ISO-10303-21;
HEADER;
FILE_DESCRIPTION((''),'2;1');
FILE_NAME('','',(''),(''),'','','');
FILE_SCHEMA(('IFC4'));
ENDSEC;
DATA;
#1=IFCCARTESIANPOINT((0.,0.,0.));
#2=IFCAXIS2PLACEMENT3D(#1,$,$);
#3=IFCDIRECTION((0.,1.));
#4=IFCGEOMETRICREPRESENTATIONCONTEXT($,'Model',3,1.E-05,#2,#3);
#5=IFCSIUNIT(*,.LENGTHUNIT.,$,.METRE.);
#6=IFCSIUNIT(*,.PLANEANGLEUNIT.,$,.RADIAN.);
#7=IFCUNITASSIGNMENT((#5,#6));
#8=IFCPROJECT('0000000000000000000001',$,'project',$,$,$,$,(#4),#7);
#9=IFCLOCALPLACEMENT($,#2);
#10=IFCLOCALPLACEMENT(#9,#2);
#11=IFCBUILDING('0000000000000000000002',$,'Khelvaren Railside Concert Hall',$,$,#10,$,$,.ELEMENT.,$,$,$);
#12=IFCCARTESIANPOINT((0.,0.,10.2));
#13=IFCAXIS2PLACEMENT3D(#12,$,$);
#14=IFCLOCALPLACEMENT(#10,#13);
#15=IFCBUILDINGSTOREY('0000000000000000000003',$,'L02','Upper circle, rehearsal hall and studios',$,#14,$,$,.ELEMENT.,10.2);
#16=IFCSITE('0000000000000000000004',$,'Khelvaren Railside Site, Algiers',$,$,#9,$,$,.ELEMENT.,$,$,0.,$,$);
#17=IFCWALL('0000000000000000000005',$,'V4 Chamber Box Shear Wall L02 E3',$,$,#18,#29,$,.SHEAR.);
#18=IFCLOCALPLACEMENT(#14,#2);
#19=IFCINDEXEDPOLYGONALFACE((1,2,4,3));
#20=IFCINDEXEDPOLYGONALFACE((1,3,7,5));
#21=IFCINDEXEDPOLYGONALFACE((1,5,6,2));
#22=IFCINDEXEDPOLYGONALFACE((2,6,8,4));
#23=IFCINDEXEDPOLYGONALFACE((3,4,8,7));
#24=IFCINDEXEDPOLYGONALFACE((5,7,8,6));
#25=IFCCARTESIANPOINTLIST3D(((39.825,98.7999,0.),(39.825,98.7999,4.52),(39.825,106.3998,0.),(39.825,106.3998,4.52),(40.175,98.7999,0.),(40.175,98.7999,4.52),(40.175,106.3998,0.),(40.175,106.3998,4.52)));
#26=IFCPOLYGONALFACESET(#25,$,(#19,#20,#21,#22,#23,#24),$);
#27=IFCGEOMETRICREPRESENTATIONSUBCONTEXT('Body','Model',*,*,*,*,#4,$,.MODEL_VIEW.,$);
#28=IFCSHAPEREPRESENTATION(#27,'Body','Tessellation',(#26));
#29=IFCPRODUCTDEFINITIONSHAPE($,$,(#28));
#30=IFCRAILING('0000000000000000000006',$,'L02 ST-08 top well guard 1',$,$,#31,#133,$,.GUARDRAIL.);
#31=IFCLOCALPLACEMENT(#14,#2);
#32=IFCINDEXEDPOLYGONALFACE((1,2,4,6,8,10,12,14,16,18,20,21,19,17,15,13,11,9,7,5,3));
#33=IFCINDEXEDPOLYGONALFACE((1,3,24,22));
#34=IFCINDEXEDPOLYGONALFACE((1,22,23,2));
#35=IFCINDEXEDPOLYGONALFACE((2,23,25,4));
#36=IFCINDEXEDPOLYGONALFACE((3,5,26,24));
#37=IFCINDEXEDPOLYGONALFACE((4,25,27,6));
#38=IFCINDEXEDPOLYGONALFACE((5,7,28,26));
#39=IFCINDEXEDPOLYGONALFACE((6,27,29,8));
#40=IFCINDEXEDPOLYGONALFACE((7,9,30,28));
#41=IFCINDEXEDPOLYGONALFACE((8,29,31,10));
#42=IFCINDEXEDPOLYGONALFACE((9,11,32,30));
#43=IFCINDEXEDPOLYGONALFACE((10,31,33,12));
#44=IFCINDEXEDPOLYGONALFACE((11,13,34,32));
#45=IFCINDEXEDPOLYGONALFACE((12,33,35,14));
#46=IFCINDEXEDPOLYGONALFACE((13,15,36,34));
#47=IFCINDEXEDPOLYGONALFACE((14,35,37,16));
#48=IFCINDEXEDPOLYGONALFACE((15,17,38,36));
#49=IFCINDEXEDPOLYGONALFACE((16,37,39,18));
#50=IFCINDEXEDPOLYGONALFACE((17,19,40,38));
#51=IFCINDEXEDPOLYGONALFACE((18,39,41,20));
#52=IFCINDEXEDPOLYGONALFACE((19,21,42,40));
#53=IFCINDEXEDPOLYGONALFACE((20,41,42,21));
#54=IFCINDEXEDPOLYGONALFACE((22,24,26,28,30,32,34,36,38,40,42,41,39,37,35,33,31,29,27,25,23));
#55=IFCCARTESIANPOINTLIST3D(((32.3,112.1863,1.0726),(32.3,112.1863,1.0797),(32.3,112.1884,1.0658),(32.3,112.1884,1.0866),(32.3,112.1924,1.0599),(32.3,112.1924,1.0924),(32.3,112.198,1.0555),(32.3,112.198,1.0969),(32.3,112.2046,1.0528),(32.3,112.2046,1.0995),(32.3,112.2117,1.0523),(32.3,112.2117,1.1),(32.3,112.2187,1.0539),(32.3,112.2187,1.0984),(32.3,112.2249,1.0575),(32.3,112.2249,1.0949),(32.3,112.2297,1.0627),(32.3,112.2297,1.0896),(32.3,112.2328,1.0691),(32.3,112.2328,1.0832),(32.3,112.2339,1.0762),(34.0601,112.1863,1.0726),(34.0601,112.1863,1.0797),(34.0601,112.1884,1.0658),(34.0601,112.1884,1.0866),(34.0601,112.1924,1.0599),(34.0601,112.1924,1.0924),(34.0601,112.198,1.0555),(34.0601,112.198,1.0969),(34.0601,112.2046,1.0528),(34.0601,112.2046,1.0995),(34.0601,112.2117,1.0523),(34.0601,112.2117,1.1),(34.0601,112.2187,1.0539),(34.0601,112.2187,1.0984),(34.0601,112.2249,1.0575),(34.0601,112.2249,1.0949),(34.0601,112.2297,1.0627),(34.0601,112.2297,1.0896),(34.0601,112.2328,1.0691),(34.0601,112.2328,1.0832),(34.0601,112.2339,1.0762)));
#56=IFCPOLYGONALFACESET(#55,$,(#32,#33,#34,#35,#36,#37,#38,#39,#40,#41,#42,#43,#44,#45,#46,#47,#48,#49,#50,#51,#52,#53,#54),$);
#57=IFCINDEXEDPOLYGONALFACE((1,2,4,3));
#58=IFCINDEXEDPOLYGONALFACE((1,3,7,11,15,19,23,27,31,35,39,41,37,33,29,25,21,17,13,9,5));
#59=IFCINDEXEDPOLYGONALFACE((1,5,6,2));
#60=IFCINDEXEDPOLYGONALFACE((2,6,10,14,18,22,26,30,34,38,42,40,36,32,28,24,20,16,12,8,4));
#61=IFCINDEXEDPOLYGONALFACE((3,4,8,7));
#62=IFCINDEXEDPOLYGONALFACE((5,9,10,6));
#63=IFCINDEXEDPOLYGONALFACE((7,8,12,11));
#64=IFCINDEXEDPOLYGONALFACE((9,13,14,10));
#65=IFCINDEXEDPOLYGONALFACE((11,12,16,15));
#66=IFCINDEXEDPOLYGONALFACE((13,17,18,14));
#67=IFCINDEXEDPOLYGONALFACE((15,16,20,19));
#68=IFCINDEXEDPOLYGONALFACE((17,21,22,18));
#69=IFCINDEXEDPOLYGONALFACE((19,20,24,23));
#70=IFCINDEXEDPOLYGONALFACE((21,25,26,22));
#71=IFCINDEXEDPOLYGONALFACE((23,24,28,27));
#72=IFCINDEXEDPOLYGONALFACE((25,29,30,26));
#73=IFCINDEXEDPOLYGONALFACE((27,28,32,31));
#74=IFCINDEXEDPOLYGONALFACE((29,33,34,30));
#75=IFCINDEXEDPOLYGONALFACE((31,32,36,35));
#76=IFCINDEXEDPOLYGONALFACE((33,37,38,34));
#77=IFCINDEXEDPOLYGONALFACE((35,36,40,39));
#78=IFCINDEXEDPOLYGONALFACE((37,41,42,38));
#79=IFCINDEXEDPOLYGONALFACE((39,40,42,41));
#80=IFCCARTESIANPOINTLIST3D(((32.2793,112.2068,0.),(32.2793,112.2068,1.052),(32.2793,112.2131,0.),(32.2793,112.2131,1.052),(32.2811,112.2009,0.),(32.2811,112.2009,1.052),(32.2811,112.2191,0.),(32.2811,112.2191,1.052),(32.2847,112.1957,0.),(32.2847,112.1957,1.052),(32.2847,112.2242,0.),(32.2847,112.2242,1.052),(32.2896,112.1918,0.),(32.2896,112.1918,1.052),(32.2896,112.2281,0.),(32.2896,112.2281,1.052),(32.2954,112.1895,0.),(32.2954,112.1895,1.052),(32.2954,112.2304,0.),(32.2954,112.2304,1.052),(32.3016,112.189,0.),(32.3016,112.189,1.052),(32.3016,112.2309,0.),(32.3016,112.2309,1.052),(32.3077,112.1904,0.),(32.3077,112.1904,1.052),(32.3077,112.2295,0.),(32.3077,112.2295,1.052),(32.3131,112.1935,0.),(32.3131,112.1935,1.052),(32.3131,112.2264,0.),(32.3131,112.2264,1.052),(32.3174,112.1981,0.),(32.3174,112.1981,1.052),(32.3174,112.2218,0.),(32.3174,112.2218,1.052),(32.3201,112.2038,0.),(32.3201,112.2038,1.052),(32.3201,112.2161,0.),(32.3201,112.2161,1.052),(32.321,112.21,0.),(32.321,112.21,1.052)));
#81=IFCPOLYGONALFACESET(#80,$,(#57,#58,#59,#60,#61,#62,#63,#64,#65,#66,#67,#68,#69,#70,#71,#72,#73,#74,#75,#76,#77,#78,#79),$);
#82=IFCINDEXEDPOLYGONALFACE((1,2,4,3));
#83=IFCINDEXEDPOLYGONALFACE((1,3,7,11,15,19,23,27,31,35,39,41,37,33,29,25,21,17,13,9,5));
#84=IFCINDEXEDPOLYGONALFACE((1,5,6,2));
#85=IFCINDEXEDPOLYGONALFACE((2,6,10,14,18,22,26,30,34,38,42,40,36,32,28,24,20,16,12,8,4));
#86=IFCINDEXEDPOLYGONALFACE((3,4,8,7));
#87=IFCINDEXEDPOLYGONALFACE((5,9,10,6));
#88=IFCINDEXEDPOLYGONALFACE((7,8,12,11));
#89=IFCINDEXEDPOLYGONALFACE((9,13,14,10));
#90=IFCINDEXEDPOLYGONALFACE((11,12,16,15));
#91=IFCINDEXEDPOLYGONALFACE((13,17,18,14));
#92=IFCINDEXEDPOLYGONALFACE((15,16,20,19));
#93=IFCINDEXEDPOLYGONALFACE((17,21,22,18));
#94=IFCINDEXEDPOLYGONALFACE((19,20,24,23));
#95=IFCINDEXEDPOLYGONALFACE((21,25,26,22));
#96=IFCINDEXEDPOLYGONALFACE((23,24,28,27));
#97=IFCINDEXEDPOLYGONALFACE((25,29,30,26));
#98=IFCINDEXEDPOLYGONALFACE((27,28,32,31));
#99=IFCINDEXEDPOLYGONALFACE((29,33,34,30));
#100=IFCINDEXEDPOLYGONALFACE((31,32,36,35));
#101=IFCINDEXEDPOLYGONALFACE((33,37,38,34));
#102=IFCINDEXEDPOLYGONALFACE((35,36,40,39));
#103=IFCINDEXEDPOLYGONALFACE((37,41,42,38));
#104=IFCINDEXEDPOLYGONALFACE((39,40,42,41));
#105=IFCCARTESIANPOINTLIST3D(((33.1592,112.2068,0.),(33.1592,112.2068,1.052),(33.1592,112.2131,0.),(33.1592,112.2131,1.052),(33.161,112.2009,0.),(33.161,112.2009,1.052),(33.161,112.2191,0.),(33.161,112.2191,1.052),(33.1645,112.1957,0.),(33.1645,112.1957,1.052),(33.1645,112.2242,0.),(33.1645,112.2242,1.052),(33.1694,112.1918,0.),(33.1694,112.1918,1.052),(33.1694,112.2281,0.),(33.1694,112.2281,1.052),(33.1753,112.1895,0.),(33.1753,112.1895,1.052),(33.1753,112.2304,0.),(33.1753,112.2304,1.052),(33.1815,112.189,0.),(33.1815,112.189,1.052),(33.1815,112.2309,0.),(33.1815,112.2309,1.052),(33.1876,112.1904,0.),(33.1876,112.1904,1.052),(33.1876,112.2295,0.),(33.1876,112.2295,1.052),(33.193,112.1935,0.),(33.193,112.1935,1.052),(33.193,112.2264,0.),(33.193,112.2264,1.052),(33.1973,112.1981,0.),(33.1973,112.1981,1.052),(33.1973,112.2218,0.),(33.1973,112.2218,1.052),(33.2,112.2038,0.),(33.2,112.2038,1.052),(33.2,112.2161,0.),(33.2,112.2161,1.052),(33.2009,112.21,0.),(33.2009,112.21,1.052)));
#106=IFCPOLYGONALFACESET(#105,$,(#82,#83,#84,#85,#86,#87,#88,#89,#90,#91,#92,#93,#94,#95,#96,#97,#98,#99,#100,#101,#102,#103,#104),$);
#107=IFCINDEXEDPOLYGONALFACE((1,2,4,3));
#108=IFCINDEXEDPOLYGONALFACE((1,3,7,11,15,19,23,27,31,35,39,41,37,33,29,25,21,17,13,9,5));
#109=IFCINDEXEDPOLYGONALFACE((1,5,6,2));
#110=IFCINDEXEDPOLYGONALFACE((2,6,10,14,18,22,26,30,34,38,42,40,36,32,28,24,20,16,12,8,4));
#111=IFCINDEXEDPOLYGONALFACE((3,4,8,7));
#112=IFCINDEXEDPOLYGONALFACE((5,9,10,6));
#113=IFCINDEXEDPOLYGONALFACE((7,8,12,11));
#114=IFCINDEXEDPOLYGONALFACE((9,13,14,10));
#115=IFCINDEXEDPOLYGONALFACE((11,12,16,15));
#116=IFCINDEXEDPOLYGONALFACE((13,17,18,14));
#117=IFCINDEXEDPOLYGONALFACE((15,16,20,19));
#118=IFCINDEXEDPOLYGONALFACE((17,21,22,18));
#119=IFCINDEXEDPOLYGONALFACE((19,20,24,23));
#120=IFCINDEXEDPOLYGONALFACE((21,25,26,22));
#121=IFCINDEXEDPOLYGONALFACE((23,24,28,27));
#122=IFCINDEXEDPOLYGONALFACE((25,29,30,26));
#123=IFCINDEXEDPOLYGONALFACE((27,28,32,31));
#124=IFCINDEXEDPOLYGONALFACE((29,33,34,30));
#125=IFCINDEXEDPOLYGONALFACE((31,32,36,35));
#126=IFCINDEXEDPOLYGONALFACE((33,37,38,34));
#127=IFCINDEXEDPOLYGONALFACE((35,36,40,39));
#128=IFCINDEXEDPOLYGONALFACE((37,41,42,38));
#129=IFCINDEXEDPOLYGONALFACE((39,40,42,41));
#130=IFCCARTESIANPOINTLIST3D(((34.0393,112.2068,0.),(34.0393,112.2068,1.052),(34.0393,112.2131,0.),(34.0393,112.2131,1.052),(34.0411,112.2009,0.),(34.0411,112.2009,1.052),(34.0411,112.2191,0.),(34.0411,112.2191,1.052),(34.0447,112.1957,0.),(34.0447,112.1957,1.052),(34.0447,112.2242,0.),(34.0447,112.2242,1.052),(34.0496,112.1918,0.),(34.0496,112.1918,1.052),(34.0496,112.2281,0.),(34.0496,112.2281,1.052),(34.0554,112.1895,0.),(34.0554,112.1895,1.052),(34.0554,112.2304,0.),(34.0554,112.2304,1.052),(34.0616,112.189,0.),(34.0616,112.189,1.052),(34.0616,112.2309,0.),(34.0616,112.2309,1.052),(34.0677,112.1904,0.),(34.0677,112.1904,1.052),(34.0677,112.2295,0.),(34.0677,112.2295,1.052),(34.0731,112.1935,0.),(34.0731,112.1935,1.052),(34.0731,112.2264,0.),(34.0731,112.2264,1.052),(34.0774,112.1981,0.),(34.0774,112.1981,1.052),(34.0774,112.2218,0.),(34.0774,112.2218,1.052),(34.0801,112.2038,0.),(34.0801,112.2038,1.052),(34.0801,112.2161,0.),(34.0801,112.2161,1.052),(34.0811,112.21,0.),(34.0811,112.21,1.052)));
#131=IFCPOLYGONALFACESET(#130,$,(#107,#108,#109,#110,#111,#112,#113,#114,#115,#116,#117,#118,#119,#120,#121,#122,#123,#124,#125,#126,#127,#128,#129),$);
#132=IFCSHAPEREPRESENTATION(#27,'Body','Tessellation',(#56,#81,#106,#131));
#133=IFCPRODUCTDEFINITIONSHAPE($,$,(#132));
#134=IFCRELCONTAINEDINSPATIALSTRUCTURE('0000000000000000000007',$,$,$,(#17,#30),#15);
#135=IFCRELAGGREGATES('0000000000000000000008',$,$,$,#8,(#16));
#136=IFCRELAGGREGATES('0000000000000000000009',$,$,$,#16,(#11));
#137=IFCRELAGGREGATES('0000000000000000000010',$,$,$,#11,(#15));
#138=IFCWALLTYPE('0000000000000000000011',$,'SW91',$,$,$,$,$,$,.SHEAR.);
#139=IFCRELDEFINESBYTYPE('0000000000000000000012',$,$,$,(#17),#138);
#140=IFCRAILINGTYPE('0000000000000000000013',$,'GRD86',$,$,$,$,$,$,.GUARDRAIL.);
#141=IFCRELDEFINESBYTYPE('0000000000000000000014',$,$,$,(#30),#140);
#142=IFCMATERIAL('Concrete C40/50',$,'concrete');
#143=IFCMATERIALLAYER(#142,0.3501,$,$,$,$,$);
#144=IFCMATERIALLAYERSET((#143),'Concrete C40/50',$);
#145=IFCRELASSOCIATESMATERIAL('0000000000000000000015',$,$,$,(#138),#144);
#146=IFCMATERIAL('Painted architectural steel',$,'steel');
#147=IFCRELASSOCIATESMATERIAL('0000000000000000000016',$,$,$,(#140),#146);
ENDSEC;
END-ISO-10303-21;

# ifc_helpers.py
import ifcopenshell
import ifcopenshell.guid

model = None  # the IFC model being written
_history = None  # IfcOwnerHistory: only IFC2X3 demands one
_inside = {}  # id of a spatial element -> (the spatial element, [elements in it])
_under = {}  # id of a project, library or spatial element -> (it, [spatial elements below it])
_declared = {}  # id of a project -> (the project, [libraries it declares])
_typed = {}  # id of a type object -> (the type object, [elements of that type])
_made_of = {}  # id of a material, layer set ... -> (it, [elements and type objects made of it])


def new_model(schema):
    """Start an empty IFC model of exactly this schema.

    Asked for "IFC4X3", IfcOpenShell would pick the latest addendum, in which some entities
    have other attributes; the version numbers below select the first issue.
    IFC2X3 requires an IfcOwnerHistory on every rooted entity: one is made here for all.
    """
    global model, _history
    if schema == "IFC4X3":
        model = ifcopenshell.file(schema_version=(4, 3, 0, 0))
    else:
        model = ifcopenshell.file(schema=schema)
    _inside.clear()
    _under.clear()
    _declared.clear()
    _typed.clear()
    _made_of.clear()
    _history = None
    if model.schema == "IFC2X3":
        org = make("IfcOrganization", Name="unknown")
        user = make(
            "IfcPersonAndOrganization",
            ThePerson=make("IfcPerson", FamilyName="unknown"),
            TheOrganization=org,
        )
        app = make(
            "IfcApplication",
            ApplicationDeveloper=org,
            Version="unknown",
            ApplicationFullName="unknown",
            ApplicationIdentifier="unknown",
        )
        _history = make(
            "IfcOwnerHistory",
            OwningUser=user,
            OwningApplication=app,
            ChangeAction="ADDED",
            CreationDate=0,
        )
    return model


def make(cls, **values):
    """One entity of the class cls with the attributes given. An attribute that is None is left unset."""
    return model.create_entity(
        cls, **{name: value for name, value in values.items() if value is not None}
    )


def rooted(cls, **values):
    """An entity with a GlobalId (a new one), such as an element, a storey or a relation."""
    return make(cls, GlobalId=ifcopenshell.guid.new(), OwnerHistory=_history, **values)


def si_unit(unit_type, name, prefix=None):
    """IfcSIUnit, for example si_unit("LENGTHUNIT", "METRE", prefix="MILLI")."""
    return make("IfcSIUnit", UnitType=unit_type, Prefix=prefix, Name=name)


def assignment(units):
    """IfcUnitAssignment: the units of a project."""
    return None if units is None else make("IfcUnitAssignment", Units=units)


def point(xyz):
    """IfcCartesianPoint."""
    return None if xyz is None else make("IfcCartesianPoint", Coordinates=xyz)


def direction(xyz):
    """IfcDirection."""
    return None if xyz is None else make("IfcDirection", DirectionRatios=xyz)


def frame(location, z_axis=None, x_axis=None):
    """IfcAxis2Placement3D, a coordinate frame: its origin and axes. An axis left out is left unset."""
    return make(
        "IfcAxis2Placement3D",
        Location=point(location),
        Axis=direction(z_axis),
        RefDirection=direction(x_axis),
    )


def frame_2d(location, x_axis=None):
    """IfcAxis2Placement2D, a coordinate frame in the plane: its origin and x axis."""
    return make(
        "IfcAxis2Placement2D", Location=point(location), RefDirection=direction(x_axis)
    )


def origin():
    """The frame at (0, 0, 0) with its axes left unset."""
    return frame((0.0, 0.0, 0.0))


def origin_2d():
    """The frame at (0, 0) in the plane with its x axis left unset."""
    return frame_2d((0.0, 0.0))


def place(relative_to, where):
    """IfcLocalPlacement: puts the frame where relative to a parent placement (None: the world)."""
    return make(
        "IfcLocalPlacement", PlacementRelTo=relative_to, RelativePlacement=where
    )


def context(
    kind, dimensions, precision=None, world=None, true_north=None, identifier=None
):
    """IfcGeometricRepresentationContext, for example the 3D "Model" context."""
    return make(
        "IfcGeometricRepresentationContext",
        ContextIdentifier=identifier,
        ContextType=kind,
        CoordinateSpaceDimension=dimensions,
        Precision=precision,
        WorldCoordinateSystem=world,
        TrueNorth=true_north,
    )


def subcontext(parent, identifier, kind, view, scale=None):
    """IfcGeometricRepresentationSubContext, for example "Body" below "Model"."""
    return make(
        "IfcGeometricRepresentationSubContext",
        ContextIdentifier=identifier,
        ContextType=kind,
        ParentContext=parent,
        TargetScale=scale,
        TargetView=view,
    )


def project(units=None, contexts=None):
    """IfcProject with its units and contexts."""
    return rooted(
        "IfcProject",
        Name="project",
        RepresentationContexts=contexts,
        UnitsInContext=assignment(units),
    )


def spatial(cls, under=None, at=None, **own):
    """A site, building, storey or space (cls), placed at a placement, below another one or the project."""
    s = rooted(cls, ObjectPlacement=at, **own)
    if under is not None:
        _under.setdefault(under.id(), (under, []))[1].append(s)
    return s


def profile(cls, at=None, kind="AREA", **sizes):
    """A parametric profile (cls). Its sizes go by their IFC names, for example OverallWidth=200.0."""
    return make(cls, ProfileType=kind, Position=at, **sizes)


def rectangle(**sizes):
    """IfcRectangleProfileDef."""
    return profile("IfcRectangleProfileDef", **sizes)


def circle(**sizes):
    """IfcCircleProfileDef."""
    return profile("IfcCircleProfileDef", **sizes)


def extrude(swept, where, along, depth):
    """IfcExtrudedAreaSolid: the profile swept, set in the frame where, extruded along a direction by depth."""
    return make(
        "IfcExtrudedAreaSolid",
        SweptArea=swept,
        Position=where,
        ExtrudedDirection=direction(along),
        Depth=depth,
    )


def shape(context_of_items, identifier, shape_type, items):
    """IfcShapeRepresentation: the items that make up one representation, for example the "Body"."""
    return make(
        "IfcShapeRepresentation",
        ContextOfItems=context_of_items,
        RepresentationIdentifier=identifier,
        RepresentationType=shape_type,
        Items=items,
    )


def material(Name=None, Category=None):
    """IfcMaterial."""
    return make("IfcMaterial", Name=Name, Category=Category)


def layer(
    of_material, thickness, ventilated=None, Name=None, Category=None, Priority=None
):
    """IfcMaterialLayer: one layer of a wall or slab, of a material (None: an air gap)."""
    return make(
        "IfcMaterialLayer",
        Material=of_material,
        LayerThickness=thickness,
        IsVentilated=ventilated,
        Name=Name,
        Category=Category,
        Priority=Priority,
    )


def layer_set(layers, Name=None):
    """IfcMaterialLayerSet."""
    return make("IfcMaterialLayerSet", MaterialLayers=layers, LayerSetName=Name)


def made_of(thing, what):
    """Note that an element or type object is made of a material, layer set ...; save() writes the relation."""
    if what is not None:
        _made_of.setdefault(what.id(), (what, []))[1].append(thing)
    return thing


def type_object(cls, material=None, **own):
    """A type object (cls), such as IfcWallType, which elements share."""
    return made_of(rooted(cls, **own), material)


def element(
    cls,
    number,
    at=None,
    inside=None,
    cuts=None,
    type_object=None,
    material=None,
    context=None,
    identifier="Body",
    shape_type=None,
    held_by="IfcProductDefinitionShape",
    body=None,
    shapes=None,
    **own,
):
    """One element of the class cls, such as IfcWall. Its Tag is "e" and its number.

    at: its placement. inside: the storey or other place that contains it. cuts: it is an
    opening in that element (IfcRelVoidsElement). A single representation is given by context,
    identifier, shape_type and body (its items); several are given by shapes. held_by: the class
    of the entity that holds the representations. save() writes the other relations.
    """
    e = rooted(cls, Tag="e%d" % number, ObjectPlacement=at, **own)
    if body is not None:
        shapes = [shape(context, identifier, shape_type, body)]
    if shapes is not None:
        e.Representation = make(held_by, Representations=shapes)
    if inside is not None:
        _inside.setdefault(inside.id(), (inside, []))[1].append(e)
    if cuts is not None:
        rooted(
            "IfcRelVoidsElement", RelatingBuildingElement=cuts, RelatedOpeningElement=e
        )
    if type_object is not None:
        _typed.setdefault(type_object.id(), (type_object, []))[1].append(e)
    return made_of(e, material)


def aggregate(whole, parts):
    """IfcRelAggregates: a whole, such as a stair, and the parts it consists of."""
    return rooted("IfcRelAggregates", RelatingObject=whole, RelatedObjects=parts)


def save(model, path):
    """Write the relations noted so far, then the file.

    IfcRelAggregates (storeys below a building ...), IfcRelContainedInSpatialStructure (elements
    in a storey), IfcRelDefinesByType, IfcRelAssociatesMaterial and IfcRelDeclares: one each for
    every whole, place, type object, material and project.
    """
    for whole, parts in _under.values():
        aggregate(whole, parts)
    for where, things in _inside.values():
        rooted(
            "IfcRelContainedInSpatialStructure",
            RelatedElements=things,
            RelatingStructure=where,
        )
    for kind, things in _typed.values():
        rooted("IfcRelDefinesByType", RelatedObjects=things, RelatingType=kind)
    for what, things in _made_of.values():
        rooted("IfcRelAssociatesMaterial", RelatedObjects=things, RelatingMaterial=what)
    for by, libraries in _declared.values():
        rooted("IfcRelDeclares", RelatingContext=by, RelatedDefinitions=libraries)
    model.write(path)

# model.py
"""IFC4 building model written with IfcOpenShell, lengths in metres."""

from ifc_helpers import new_model, si_unit, direction, frame, frame_2d, origin, origin_2d, place, context, subcontext, project, spatial, rectangle, circle, extrude, material, layer, layer_set, type_object, element, save


model = new_model("IFC4")

# Units and contexts
model_context = context("Model", 3, precision=1e-05, world=origin(), true_north=direction((0.0, 1.0)))
body_context = subcontext(model_context, "Body", "Model", "MODEL_VIEW")
ifc_project = project(units=[si_unit("LENGTHUNIT", "METRE"), si_unit("PLANEANGLEUNIT", "RADIAN")], contexts=[model_context])

# Site, building, storey
site_placement = place(None, origin())
site = spatial("IfcSite", under=ifc_project, at=site_placement, Name="Khelvaren Railside Site, Algiers", CompositionType="ELEMENT", RefElevation=0.0)
building_placement = place(site_placement, origin())
building = spatial("IfcBuilding", under=site, at=building_placement, Name="Khelvaren Railside Concert Hall", CompositionType="ELEMENT")
storey_placement = place(building_placement, frame((0.0, 0.0, 10.2)))
storey = spatial("IfcBuildingStorey", under=building, at=storey_placement, Name="L02", Description="Upper circle, rehearsal hall and studios", CompositionType="ELEMENT", Elevation=10.2)

# Shared definitions
ifc_material_1 = material(Name="Concrete C40/50", Category="concrete")

# Wall
ifc_layer_1 = layer(ifc_material_1, 0.3501)
ifc_layer_set_1 = layer_set([ifc_layer_1], Name="Concrete C40/50")
wall_type_1 = type_object("IfcWallType", Name="SW91", PredefinedType="SHEAR", material=ifc_layer_set_1)
wall_1_placement = place(storey_placement, frame((40.0, 98.8, 0.0), z_axis=(0.0, 0.0, 1.0), x_axis=(0.0, 1.0, 0.0)))
element("IfcWall", 1, at=wall_1_placement, inside=storey, type_object=wall_type_1, Name="V4 Chamber Box Shear Wall L02 E3", PredefinedType="SHEAR", context=body_context, shape_type="SweptSolid", body=[
    extrude(rectangle(XDim=7.5999, YDim=0.3501, at=frame_2d((3.7998, 0.0))), origin(), (0.0, 0.0, 1.0), 4.52),
])

# Railing
ifc_material_2 = material(Name="Painted architectural steel", Category="steel")
railing_type = type_object("IfcRailingType", Name="GRD86", PredefinedType="GUARDRAIL", material=ifc_material_2)
railing_1_placement = place(storey_placement, frame((32.3, 112.21, 0.0)))
element("IfcRailing", 2, at=railing_1_placement, inside=storey, type_object=railing_type, Name="L02 ST-08 top well guard 1", PredefinedType="GUARDRAIL", context=body_context, shape_type="SweptSolid", body=[
    extrude(circle(Radius=0.0239, at=origin_2d()), frame((0.0, 0.0, 1.0762), z_axis=(1.0, 0.0, 0.0), x_axis=(0.0, 1.0, 0.0)), (0.0, 0.0, 1.0), 1.76),
    extrude(circle(Radius=0.021, at=origin_2d()), origin(), (0.0, 0.0, 1.0), 1.052),
    extrude(circle(Radius=0.021, at=origin_2d()), frame((0.8799, 0.0, 0.0)), (0.0, 0.0, 1.0), 1.052),
    extrude(circle(Radius=0.021, at=origin_2d()), frame((1.76, 0.0, 0.0)), (0.0, 0.0, 1.0), 1.052),
])

save(model, "model.ifc")
